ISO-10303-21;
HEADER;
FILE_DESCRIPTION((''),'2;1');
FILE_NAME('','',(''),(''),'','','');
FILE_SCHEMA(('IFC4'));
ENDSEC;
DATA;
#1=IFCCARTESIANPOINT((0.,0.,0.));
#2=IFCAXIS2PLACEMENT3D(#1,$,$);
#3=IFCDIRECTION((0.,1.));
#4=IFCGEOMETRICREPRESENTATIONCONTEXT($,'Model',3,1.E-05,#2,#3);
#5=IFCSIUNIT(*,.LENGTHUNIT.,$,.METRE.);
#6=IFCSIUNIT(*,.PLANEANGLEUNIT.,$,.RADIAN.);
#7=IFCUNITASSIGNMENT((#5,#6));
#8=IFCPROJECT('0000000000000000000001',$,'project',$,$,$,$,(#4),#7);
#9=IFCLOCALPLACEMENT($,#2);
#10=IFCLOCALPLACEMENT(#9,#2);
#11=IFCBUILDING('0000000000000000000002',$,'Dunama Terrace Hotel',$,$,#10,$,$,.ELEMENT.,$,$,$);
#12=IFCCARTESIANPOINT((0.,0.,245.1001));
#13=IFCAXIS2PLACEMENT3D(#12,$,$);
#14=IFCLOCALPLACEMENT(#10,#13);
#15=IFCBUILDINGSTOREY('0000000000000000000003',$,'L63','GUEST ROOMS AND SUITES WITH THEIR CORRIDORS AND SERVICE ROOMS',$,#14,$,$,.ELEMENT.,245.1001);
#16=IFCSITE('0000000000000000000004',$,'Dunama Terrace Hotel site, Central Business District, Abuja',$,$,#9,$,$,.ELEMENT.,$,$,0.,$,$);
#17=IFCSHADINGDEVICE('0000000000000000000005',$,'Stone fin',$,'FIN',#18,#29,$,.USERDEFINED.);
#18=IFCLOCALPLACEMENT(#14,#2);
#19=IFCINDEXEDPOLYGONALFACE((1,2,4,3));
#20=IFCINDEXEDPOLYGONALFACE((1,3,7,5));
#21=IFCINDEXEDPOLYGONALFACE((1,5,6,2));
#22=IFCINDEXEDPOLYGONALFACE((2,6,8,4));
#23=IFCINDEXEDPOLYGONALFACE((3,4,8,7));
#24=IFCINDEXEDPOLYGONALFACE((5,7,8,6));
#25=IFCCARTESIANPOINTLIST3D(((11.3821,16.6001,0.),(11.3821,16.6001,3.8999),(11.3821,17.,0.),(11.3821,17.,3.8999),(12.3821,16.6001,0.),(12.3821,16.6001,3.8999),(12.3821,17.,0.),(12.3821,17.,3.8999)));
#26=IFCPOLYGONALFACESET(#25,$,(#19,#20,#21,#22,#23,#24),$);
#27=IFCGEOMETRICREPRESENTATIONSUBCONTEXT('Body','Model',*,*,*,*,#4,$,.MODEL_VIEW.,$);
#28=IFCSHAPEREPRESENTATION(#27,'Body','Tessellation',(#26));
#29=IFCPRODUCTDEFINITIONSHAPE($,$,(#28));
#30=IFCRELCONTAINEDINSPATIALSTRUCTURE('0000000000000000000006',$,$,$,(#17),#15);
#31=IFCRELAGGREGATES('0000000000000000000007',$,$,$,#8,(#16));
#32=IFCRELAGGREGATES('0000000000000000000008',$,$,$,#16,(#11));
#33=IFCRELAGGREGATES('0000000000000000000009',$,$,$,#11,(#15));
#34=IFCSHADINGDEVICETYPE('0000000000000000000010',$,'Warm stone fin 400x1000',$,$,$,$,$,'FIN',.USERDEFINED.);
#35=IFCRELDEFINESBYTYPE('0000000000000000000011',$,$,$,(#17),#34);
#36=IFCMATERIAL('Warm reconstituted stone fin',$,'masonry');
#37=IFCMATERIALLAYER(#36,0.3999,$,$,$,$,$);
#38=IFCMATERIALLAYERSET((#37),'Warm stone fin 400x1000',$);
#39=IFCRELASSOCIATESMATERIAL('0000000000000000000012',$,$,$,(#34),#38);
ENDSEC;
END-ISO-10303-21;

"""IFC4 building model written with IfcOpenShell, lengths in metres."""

from ifc_helpers import new_model, si_unit, direction, frame, origin, origin_2d, place, context, subcontext, project, spatial, rectangle, extrude, material, layer, layer_set, type_object, element, save


model = new_model("IFC4")

# Units and contexts
model_context = context("Model", 3, precision=1e-05, world=origin(), true_north=direction((0.0, 1.0)))
body_context = subcontext(model_context, "Body", "Model", "MODEL_VIEW")
ifc_project = project(units=[si_unit("LENGTHUNIT", "METRE"), si_unit("PLANEANGLEUNIT", "RADIAN")], contexts=[model_context])

# Site, building, storey
site_placement = place(None, origin())
site = spatial("IfcSite", under=ifc_project, at=site_placement, Name="Dunama Terrace Hotel site, Central Business District, Abuja", CompositionType="ELEMENT", RefElevation=0.0)
building_placement = place(site_placement, origin())
building = spatial("IfcBuilding", under=site, at=building_placement, Name="Dunama Terrace Hotel", CompositionType="ELEMENT")
storey_placement = place(building_placement, frame((0.0, 0.0, 245.1001)))
storey = spatial("IfcBuildingStorey", under=building, at=storey_placement, Name="L63", Description="GUEST ROOMS AND SUITES WITH THEIR CORRIDORS AND SERVICE ROOMS", CompositionType="ELEMENT", Elevation=245.1001)

# Shading device
ifc_material_1 = material(Name="Warm reconstituted stone fin", Category="masonry")
ifc_layer_1 = layer(ifc_material_1, 0.3999)
ifc_layer_set_1 = layer_set([ifc_layer_1], Name="Warm stone fin 400x1000")
shading_device_type = type_object("IfcShadingDeviceType", Name="Warm stone fin 400x1000", ElementType="FIN", PredefinedType="USERDEFINED", material=ifc_layer_set_1)
shading_device_placement = place(storey_placement, frame((11.8821, 16.8, 0.0), z_axis=(0.0, 0.0, 1.0), x_axis=(0.0, -1.0, 0.0)))
element("IfcShadingDevice", 1, at=shading_device_placement, inside=storey, type_object=shading_device_type, Name="Stone fin", ObjectType="FIN", PredefinedType="USERDEFINED", context=body_context, shape_type="SweptSolid", body=[
    extrude(rectangle(XDim=0.3999, YDim=1.0, at=origin_2d()), origin(), (0.0, 0.0, 1.0), 3.8999),
])

save(model, "model.ifc")
